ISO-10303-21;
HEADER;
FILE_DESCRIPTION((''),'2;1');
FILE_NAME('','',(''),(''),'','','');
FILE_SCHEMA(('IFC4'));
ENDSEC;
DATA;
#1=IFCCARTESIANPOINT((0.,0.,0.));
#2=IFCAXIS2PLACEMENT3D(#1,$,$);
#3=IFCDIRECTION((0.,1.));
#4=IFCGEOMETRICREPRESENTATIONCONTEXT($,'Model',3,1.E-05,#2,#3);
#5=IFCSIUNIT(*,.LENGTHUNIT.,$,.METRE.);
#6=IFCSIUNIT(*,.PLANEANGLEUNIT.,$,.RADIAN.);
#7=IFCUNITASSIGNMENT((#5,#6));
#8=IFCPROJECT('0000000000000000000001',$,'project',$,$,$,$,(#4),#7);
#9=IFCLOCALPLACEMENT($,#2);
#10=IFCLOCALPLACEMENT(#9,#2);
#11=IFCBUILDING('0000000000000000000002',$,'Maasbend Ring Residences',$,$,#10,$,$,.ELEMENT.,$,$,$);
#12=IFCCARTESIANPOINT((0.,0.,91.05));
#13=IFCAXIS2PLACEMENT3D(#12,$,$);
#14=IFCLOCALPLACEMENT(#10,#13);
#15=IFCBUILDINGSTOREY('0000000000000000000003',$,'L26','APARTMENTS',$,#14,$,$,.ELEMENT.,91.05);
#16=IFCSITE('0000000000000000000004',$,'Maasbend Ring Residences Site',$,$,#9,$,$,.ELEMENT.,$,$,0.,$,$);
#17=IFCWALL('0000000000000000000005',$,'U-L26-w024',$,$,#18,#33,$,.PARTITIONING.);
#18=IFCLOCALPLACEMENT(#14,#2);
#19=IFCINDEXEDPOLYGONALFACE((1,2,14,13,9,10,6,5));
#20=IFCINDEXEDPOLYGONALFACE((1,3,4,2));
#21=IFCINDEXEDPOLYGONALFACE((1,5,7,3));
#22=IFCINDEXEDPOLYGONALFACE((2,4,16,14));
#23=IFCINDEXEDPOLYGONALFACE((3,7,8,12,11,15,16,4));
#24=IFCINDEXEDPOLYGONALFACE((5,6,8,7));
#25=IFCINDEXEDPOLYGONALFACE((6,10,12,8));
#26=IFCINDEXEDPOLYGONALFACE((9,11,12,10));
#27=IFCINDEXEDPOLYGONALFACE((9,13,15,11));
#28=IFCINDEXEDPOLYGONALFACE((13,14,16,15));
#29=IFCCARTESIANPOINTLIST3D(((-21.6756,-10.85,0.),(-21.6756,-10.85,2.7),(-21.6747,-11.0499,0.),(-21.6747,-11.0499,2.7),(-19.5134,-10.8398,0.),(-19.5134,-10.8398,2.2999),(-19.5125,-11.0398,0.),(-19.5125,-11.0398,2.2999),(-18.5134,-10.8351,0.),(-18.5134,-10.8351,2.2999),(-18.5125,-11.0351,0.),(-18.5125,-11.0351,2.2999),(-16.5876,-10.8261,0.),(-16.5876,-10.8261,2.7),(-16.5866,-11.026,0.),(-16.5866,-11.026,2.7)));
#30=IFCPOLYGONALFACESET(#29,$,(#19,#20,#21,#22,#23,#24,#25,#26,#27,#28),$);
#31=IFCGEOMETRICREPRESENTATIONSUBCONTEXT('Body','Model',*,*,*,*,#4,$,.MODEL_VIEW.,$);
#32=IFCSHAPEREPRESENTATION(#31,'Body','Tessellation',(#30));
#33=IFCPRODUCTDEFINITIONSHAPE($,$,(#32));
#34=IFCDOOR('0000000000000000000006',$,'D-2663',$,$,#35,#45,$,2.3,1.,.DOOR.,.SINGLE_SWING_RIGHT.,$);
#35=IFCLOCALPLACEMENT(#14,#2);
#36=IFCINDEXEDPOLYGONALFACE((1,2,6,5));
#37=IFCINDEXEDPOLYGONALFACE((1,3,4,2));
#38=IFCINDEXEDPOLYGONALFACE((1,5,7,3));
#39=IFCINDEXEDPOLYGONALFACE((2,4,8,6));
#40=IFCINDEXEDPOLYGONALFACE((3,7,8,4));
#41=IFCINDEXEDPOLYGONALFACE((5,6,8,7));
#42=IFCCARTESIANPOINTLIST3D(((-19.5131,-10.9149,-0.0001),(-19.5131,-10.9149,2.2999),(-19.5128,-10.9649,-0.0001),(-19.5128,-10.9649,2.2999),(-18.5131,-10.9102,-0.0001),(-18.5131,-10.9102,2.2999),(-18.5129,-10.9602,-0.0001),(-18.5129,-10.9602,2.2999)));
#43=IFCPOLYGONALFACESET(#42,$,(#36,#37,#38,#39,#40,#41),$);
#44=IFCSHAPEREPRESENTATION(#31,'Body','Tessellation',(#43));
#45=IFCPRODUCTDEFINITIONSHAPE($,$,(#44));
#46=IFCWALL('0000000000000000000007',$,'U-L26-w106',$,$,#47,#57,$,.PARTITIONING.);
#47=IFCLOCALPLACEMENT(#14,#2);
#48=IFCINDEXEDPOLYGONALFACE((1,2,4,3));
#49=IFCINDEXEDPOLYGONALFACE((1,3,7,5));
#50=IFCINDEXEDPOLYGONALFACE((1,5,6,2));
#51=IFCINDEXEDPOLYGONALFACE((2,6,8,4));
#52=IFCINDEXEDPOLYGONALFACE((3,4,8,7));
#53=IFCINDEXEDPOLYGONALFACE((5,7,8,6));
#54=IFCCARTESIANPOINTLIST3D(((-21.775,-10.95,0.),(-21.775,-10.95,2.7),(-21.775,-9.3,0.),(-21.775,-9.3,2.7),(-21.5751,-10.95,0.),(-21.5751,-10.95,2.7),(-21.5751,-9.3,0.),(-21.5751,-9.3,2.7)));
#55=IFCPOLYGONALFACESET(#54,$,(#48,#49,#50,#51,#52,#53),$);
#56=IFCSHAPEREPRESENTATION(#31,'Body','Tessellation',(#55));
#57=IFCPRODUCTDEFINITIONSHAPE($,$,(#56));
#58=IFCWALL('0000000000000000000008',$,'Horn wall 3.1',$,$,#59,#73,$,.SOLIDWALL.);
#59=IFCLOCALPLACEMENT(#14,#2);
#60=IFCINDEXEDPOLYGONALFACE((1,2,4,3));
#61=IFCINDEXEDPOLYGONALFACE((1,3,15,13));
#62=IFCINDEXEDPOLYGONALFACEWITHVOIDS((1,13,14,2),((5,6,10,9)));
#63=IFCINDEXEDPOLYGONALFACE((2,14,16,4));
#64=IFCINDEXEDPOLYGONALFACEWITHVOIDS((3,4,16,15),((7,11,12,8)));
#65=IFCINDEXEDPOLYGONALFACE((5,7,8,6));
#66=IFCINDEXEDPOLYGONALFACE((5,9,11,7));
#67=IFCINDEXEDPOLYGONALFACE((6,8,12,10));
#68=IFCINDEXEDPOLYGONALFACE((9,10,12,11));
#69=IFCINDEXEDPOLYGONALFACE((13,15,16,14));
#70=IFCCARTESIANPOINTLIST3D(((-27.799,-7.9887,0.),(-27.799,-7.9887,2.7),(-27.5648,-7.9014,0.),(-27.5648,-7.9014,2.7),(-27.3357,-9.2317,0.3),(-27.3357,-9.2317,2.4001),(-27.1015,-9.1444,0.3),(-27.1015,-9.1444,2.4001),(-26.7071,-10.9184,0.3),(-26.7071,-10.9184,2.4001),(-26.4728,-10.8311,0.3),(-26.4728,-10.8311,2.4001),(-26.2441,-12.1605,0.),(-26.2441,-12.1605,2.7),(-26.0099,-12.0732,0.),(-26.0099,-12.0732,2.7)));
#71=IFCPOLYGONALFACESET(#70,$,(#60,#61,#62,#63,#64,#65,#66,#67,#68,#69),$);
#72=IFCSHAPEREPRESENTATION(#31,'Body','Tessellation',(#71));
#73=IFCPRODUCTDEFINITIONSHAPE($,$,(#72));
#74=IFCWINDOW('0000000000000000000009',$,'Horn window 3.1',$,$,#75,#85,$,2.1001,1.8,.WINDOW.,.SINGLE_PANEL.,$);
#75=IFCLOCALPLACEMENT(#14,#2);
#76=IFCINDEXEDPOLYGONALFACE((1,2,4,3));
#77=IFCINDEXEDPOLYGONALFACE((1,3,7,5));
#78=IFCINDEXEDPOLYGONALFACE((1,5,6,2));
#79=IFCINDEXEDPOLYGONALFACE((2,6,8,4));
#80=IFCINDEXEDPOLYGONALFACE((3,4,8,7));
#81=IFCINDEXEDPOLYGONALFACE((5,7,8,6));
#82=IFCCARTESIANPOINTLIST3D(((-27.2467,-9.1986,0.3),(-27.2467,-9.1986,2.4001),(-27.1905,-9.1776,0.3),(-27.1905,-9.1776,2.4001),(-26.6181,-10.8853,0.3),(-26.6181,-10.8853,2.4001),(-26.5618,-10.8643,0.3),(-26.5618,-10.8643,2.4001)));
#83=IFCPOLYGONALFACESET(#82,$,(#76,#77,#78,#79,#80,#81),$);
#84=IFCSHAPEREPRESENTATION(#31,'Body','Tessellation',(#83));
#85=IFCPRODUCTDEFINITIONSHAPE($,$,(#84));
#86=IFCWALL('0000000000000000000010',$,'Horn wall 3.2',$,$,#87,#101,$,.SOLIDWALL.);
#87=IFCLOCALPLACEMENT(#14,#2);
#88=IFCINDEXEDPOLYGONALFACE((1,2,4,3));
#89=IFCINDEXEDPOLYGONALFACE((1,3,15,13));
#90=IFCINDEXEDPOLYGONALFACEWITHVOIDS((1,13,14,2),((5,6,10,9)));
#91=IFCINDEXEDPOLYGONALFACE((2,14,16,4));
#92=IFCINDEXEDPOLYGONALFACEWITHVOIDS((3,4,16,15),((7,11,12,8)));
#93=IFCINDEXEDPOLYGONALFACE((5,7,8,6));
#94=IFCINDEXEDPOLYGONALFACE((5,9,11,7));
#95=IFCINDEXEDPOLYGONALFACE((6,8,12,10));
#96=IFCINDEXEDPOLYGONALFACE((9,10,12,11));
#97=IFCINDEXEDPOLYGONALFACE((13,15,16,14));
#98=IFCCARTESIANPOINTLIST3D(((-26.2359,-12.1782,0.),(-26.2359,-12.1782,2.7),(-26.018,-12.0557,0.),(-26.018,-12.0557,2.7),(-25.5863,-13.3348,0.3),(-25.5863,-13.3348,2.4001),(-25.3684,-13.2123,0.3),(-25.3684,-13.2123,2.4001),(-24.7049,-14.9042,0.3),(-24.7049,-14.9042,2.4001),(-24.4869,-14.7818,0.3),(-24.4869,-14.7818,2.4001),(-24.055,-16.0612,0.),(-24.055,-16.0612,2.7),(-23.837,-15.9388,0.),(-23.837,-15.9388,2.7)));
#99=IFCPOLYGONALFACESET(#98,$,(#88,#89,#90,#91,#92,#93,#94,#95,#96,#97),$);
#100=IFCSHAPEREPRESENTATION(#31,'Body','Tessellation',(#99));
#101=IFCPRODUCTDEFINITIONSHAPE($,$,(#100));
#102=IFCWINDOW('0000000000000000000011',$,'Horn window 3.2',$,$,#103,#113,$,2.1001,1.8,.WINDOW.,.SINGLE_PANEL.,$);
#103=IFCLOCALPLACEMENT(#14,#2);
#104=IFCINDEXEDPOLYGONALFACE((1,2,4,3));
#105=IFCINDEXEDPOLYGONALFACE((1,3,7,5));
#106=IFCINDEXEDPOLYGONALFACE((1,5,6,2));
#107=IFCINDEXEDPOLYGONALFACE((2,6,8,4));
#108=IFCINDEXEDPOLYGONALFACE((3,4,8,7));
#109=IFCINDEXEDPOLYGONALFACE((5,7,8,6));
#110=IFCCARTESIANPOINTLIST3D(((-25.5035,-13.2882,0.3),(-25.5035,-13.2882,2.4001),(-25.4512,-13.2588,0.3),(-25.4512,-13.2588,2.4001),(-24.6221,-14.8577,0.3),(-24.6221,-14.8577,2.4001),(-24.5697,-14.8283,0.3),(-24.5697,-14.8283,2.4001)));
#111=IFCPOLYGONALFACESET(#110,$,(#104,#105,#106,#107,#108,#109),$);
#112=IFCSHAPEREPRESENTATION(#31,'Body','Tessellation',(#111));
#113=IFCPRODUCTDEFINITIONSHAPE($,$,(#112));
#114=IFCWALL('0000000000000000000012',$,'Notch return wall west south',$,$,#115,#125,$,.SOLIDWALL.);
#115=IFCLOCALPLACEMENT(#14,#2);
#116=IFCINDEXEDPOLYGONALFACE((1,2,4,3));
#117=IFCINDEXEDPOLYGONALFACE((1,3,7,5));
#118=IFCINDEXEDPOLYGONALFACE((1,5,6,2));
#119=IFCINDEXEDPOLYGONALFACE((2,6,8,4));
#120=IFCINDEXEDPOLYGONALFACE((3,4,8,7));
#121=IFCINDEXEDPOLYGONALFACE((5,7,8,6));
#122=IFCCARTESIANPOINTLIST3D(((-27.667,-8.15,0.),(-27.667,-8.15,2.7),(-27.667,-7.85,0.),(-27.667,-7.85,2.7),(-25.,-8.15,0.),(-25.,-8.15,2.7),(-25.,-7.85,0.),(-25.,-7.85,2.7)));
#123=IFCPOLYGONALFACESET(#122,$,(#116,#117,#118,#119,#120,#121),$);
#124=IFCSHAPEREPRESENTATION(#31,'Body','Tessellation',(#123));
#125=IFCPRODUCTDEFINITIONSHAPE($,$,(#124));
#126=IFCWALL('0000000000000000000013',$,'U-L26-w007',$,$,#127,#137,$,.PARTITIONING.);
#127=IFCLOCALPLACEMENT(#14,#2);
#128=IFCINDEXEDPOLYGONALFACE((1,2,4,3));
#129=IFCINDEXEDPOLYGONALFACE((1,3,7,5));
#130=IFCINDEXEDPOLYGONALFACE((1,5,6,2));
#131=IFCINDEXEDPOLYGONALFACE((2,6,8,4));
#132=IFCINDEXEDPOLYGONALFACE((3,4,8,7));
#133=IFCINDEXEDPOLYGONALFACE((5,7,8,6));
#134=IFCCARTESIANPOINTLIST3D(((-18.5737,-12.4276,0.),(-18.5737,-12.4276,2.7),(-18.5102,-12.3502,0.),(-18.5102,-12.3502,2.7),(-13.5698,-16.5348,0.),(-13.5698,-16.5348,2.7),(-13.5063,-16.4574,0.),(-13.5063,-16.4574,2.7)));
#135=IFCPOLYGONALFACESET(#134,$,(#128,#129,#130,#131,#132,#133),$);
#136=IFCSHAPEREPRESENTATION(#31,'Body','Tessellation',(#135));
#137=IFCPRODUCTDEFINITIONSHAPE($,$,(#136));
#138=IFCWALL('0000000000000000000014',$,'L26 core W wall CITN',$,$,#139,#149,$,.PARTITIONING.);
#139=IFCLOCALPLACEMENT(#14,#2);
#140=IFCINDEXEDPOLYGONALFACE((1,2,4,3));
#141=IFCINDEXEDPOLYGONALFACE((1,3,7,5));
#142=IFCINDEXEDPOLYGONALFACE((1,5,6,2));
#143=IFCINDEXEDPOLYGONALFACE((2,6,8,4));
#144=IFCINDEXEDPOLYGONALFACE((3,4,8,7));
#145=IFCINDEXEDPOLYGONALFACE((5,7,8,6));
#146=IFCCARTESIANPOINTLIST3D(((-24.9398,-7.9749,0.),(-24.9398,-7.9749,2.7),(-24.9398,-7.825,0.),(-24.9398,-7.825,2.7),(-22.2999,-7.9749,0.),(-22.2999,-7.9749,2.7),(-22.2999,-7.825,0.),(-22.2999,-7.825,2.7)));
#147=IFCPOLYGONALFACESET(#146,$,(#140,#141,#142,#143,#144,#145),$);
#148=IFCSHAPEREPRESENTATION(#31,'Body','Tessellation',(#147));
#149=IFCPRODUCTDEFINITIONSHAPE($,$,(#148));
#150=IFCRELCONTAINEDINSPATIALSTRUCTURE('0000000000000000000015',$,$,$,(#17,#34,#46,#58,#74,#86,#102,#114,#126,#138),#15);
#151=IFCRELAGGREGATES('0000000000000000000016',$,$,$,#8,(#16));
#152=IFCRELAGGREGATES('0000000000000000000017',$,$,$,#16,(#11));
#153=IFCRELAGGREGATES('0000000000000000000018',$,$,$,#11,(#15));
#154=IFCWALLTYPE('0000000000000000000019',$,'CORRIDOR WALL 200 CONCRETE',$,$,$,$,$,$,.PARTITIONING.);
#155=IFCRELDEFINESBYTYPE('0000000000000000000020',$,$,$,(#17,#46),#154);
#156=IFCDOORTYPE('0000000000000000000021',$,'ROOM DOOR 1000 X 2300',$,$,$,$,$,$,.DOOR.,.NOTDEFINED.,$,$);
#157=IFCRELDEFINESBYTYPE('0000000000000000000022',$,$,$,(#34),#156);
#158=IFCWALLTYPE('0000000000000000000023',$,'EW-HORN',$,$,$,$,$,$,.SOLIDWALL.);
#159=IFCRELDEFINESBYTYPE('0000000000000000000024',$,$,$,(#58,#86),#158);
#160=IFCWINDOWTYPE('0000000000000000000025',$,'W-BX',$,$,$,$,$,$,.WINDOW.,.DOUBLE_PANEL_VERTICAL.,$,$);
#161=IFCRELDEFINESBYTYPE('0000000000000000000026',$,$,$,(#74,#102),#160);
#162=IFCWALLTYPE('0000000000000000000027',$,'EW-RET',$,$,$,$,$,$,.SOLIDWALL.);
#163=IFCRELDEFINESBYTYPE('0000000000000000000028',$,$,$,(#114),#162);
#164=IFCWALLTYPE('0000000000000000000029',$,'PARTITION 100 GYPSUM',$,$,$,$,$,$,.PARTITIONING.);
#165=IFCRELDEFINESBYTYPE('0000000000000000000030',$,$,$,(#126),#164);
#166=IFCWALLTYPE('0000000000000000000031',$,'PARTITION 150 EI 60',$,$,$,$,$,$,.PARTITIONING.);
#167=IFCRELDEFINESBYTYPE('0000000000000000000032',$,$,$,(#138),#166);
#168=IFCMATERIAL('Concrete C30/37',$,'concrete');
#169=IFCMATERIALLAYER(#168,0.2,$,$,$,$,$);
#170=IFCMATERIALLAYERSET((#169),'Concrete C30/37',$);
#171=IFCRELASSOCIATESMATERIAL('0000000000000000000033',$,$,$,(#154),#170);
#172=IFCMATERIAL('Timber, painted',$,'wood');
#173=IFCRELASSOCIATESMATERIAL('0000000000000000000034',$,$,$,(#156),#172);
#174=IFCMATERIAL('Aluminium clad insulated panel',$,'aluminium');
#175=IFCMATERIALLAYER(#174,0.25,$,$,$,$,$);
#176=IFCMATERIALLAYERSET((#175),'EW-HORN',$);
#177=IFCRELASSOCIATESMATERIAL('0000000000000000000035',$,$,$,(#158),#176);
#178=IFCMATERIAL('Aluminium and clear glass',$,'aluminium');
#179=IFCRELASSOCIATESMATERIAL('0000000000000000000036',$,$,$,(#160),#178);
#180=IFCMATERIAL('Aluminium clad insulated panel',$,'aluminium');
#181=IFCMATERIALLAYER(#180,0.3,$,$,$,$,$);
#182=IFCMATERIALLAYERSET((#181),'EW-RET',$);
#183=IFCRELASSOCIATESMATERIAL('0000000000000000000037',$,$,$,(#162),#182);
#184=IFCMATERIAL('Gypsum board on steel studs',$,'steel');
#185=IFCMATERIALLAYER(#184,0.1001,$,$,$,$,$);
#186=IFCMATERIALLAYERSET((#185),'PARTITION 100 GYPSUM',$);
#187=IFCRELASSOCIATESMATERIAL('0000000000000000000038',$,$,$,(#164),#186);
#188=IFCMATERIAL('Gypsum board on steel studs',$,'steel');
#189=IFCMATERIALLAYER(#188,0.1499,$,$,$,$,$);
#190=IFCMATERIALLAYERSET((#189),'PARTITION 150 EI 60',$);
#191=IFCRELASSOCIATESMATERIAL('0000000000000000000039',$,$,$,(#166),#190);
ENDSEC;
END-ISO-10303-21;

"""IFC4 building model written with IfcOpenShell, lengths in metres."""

from ifc_helpers import new_model, si_unit, direction, frame, frame_2d, origin, place, context, subcontext, project, spatial, rectangle, extrude, material, layer, layer_set, type_object, element, fill, save


model = new_model("IFC4")

# Units and contexts
model_context = context("Model", 3, precision=1e-05, world=origin(), true_north=direction((0.0, 1.0)))
body_context = subcontext(model_context, "Body", "Model", "MODEL_VIEW")
ifc_project = project(units=[si_unit("LENGTHUNIT", "METRE"), si_unit("PLANEANGLEUNIT", "RADIAN")], contexts=[model_context])

# Site, building, storey
site_placement = place(None, origin())
site = spatial("IfcSite", under=ifc_project, at=site_placement, Name="Maasbend Ring Residences Site", CompositionType="ELEMENT", RefElevation=0.0)
building_placement = place(site_placement, origin())
building = spatial("IfcBuilding", under=site, at=building_placement, Name="Maasbend Ring Residences", CompositionType="ELEMENT")
storey_placement = place(building_placement, frame((0.0, 0.0, 91.05)))
storey = spatial("IfcBuildingStorey", under=building, at=storey_placement, Name="L26", Description="APARTMENTS", CompositionType="ELEMENT", Elevation=91.05)

# Wall, opening, door
ifc_material_1 = material(Name="Concrete C30/37", Category="concrete")
ifc_layer_1 = layer(ifc_material_1, 0.2)
ifc_layer_set_1 = layer_set([ifc_layer_1], Name="Concrete C30/37")
wall_type_1 = type_object("IfcWallType", Name="CORRIDOR WALL 200 CONCRETE", PredefinedType="PARTITIONING", material=ifc_layer_set_1)
wall_1_placement = place(storey_placement, frame((-21.675, -10.95, 0.0), z_axis=(0.0, 0.0, 1.0), x_axis=(0.999989, 0.004702, 0.0)))
wall_1 = element("IfcWall", 1, at=wall_1_placement, inside=storey, type_object=wall_type_1, Name="U-L26-w024", PredefinedType="PARTITIONING", context=body_context, shape_type="SweptSolid", body=[
    extrude(rectangle(XDim=5.0881, YDim=0.2, at=frame_2d((2.5439, 0.0))), origin(), (0.0, 0.0, 1.0), 2.7),
])
opening_1_placement = place(wall_1_placement, frame((2.1621, 0.0, 0.0)))
opening_1 = element("IfcOpeningElement", 2, at=opening_1_placement, cuts=wall_1, PredefinedType="OPENING", context=body_context, shape_type="SweptSolid", body=[
    extrude(rectangle(XDim=1.0, YDim=2.3, at=frame_2d((0.5, 1.1499))), frame((0.0, 0.1099, 0.0), z_axis=(0.0, -1.0, 0.0), x_axis=(1.0, 0.0, 0.0)), (0.0, 0.0, 1.0), 0.22),
])
ifc_material_2 = material(Name="Timber, painted", Category="wood")
door_type_1 = type_object("IfcDoorType", Name="ROOM DOOR 1000 X 2300", OperationType="NOTDEFINED", PredefinedType="DOOR", material=ifc_material_2)
door_1_placement = place(opening_1_placement, origin())
door_1 = element("IfcDoor", 3, at=door_1_placement, inside=storey, type_object=door_type_1, Name="D-2663", OperationType="SINGLE_SWING_RIGHT", OverallHeight=2.3, OverallWidth=1.0, PredefinedType="DOOR", context=body_context, shape_type="SweptSolid", body=[
    extrude(rectangle(XDim=1.0, YDim=2.3, at=frame_2d((0.5, 1.1499))), frame((0.0, 0.0249, 0.0), z_axis=(0.0, -1.0, 0.0), x_axis=(1.0, 0.0, 0.0)), (0.0, 0.0, 1.0), 0.05),
])
fill(opening_1, door_1)

# Wall
wall_2_placement = place(storey_placement, frame((-21.675, -10.95, 0.0), z_axis=(0.0, 0.0, 1.0), x_axis=(0.0, 1.0, 0.0)))
element("IfcWall", 4, at=wall_2_placement, inside=storey, type_object=wall_type_1, Name="U-L26-w106", PredefinedType="PARTITIONING", context=body_context, shape_type="SweptSolid", body=[
    extrude(rectangle(XDim=1.6499, YDim=0.2, at=frame_2d((0.825, 0.0))), origin(), (0.0, 0.0, 1.0), 2.7),
])

# Walls, openings, windows
ifc_material_3 = material(Name="Aluminium clad insulated panel", Category="aluminium")
ifc_layer_2 = layer(ifc_material_3, 0.25)
ifc_layer_set_2 = layer_set([ifc_layer_2], Name="EW-HORN")
wall_type_2 = type_object("IfcWallType", Name="EW-HORN", PredefinedType="SOLIDWALL", material=ifc_layer_set_2)
wall_3_placement = place(storey_placement, frame((-27.6819, -7.9451, 0.0), z_axis=(0.0, 0.0, 1.0), x_axis=(0.349248, -0.93703, 0.0)))
wall_3 = element("IfcWall", 5, at=wall_3_placement, inside=storey, type_object=wall_type_2, Name="Horn wall 3.1", PredefinedType="SOLIDWALL", context=body_context, shape_type="SweptSolid", body=[
    extrude(rectangle(XDim=4.4521, YDim=0.25, at=frame_2d((2.2261, 0.0))), origin(), (0.0, 0.0, 1.0), 2.7),
])
opening_2_placement = place(wall_3_placement, frame((1.3267, 0.0, 0.3)))
opening_2 = element("IfcOpeningElement", 6, at=opening_2_placement, cuts=wall_3, PredefinedType="OPENING", context=body_context, shape_type="SweptSolid", body=[
    extrude(rectangle(XDim=1.8, YDim=2.1001, at=frame_2d((0.8999, 1.05))), frame((0.0, 0.135, 0.0), z_axis=(0.0, -1.0, 0.0), x_axis=(1.0, 0.0, 0.0)), (0.0, 0.0, 1.0), 0.27),
])
ifc_material_4 = material(Name="Aluminium and clear glass", Category="aluminium")
window_type = type_object("IfcWindowType", Name="W-BX", PartitioningType="DOUBLE_PANEL_VERTICAL", PredefinedType="WINDOW", material=ifc_material_4)
window_1_placement = place(opening_2_placement, origin())
window_1 = element("IfcWindow", 7, at=window_1_placement, inside=storey, type_object=window_type, Name="Horn window 3.1", OverallHeight=2.1001, OverallWidth=1.8, PartitioningType="SINGLE_PANEL", PredefinedType="WINDOW", context=body_context, shape_type="SweptSolid", body=[
    extrude(rectangle(XDim=1.8, YDim=2.1001, at=frame_2d((0.8999, 1.05))), frame((0.0, 0.03, 0.0), z_axis=(0.0, -1.0, 0.0), x_axis=(1.0, 0.0, 0.0)), (0.0, 0.0, 1.0), 0.0601),
])
fill(opening_2, window_1)
wall_4_placement = place(storey_placement, frame((-26.127, -12.1169, 0.0), z_axis=(0.0, 0.0, 1.0), x_axis=(0.489696, -0.871893, 0.0)))
wall_4 = element("IfcWall", 8, at=wall_4_placement, inside=storey, type_object=wall_type_2, Name="Horn wall 3.2", PredefinedType="SOLIDWALL", context=body_context, shape_type="SweptSolid", body=[
    extrude(rectangle(XDim=4.4536, YDim=0.25, at=frame_2d((2.2268, 0.0))), origin(), (0.0, 0.0, 1.0), 2.7),
])
opening_3_placement = place(wall_4_placement, frame((1.3267, 0.0, 0.3)))
opening_3 = element("IfcOpeningElement", 9, at=opening_3_placement, cuts=wall_4, PredefinedType="OPENING", context=body_context, shape_type="SweptSolid", body=[
    extrude(rectangle(XDim=1.8, YDim=2.1001, at=frame_2d((0.8999, 1.05))), frame((0.0, 0.135, 0.0), z_axis=(0.0, -1.0, 0.0), x_axis=(1.0, 0.0, 0.0)), (0.0, 0.0, 1.0), 0.27),
])
window_2_placement = place(opening_3_placement, origin())
window_2 = element("IfcWindow", 10, at=window_2_placement, inside=storey, type_object=window_type, Name="Horn window 3.2", OverallHeight=2.1001, OverallWidth=1.8, PartitioningType="SINGLE_PANEL", PredefinedType="WINDOW", context=body_context, shape_type="SweptSolid", body=[
    extrude(rectangle(XDim=1.8, YDim=2.1001, at=frame_2d((0.8999, 1.05))), frame((0.0, 0.03, 0.0), z_axis=(0.0, -1.0, 0.0), x_axis=(1.0, 0.0, 0.0)), (0.0, 0.0, 1.0), 0.0601),
])
fill(opening_3, window_2)

# Walls
ifc_material_5 = material(Name="Aluminium clad insulated panel", Category="aluminium")
ifc_layer_3 = layer(ifc_material_5, 0.3)
ifc_layer_set_3 = layer_set([ifc_layer_3], Name="EW-RET")
wall_type_3 = type_object("IfcWallType", Name="EW-RET", PredefinedType="SOLIDWALL", material=ifc_layer_set_3)
wall_5_placement = place(storey_placement, frame((-25.0, -8.0, 0.0), z_axis=(0.0, 0.0, 1.0), x_axis=(-1.0, 0.0, 0.0)))
element("IfcWall", 11, at=wall_5_placement, inside=storey, type_object=wall_type_3, Name="Notch return wall west south", PredefinedType="SOLIDWALL", context=body_context, shape_type="SweptSolid", body=[
    extrude(rectangle(XDim=2.667, YDim=0.3, at=frame_2d((1.3335, 0.0))), origin(), (0.0, 0.0, 1.0), 2.7),
])
ifc_material_6 = material(Name="Gypsum board on steel studs", Category="steel")
ifc_layer_4 = layer(ifc_material_6, 0.1001)
ifc_layer_set_4 = layer_set([ifc_layer_4], Name="PARTITION 100 GYPSUM")
wall_type_4 = type_object("IfcWallType", Name="PARTITION 100 GYPSUM", PredefinedType="PARTITIONING", material=ifc_layer_set_4)
wall_6_placement = place(storey_placement, frame((-18.542, -12.3889, 0.0), z_axis=(0.0, 0.0, 1.0), x_axis=(0.772967, -0.634447, 0.0)))
element("IfcWall", 12, at=wall_6_placement, inside=storey, type_object=wall_type_4, Name="U-L26-w007", PredefinedType="PARTITIONING", context=body_context, shape_type="SweptSolid", body=[
    extrude(rectangle(XDim=6.4736, YDim=0.1001, at=frame_2d((3.2368, 0.0))), origin(), (0.0, 0.0, 1.0), 2.7),
])
ifc_material_7 = material(Name="Gypsum board on steel studs", Category="steel")
ifc_layer_5 = layer(ifc_material_7, 0.1499)
ifc_layer_set_5 = layer_set([ifc_layer_5], Name="PARTITION 150 EI 60")
wall_type_5 = type_object("IfcWallType", Name="PARTITION 150 EI 60", PredefinedType="PARTITIONING", material=ifc_layer_set_5)
wall_7_placement = place(storey_placement, frame((-22.3, -7.8999, 0.0), z_axis=(0.0, 0.0, 1.0), x_axis=(-1.0, 0.0, 0.0)))
element("IfcWall", 13, at=wall_7_placement, inside=storey, type_object=wall_type_5, Name="L26 core W wall CITN", PredefinedType="PARTITIONING", context=body_context, shape_type="SweptSolid", body=[
    extrude(rectangle(XDim=2.6399, YDim=0.1499, at=frame_2d((1.3198, 0.0))), origin(), (0.0, 0.0, 1.0), 2.7),
])

save(model, "model.ifc")
